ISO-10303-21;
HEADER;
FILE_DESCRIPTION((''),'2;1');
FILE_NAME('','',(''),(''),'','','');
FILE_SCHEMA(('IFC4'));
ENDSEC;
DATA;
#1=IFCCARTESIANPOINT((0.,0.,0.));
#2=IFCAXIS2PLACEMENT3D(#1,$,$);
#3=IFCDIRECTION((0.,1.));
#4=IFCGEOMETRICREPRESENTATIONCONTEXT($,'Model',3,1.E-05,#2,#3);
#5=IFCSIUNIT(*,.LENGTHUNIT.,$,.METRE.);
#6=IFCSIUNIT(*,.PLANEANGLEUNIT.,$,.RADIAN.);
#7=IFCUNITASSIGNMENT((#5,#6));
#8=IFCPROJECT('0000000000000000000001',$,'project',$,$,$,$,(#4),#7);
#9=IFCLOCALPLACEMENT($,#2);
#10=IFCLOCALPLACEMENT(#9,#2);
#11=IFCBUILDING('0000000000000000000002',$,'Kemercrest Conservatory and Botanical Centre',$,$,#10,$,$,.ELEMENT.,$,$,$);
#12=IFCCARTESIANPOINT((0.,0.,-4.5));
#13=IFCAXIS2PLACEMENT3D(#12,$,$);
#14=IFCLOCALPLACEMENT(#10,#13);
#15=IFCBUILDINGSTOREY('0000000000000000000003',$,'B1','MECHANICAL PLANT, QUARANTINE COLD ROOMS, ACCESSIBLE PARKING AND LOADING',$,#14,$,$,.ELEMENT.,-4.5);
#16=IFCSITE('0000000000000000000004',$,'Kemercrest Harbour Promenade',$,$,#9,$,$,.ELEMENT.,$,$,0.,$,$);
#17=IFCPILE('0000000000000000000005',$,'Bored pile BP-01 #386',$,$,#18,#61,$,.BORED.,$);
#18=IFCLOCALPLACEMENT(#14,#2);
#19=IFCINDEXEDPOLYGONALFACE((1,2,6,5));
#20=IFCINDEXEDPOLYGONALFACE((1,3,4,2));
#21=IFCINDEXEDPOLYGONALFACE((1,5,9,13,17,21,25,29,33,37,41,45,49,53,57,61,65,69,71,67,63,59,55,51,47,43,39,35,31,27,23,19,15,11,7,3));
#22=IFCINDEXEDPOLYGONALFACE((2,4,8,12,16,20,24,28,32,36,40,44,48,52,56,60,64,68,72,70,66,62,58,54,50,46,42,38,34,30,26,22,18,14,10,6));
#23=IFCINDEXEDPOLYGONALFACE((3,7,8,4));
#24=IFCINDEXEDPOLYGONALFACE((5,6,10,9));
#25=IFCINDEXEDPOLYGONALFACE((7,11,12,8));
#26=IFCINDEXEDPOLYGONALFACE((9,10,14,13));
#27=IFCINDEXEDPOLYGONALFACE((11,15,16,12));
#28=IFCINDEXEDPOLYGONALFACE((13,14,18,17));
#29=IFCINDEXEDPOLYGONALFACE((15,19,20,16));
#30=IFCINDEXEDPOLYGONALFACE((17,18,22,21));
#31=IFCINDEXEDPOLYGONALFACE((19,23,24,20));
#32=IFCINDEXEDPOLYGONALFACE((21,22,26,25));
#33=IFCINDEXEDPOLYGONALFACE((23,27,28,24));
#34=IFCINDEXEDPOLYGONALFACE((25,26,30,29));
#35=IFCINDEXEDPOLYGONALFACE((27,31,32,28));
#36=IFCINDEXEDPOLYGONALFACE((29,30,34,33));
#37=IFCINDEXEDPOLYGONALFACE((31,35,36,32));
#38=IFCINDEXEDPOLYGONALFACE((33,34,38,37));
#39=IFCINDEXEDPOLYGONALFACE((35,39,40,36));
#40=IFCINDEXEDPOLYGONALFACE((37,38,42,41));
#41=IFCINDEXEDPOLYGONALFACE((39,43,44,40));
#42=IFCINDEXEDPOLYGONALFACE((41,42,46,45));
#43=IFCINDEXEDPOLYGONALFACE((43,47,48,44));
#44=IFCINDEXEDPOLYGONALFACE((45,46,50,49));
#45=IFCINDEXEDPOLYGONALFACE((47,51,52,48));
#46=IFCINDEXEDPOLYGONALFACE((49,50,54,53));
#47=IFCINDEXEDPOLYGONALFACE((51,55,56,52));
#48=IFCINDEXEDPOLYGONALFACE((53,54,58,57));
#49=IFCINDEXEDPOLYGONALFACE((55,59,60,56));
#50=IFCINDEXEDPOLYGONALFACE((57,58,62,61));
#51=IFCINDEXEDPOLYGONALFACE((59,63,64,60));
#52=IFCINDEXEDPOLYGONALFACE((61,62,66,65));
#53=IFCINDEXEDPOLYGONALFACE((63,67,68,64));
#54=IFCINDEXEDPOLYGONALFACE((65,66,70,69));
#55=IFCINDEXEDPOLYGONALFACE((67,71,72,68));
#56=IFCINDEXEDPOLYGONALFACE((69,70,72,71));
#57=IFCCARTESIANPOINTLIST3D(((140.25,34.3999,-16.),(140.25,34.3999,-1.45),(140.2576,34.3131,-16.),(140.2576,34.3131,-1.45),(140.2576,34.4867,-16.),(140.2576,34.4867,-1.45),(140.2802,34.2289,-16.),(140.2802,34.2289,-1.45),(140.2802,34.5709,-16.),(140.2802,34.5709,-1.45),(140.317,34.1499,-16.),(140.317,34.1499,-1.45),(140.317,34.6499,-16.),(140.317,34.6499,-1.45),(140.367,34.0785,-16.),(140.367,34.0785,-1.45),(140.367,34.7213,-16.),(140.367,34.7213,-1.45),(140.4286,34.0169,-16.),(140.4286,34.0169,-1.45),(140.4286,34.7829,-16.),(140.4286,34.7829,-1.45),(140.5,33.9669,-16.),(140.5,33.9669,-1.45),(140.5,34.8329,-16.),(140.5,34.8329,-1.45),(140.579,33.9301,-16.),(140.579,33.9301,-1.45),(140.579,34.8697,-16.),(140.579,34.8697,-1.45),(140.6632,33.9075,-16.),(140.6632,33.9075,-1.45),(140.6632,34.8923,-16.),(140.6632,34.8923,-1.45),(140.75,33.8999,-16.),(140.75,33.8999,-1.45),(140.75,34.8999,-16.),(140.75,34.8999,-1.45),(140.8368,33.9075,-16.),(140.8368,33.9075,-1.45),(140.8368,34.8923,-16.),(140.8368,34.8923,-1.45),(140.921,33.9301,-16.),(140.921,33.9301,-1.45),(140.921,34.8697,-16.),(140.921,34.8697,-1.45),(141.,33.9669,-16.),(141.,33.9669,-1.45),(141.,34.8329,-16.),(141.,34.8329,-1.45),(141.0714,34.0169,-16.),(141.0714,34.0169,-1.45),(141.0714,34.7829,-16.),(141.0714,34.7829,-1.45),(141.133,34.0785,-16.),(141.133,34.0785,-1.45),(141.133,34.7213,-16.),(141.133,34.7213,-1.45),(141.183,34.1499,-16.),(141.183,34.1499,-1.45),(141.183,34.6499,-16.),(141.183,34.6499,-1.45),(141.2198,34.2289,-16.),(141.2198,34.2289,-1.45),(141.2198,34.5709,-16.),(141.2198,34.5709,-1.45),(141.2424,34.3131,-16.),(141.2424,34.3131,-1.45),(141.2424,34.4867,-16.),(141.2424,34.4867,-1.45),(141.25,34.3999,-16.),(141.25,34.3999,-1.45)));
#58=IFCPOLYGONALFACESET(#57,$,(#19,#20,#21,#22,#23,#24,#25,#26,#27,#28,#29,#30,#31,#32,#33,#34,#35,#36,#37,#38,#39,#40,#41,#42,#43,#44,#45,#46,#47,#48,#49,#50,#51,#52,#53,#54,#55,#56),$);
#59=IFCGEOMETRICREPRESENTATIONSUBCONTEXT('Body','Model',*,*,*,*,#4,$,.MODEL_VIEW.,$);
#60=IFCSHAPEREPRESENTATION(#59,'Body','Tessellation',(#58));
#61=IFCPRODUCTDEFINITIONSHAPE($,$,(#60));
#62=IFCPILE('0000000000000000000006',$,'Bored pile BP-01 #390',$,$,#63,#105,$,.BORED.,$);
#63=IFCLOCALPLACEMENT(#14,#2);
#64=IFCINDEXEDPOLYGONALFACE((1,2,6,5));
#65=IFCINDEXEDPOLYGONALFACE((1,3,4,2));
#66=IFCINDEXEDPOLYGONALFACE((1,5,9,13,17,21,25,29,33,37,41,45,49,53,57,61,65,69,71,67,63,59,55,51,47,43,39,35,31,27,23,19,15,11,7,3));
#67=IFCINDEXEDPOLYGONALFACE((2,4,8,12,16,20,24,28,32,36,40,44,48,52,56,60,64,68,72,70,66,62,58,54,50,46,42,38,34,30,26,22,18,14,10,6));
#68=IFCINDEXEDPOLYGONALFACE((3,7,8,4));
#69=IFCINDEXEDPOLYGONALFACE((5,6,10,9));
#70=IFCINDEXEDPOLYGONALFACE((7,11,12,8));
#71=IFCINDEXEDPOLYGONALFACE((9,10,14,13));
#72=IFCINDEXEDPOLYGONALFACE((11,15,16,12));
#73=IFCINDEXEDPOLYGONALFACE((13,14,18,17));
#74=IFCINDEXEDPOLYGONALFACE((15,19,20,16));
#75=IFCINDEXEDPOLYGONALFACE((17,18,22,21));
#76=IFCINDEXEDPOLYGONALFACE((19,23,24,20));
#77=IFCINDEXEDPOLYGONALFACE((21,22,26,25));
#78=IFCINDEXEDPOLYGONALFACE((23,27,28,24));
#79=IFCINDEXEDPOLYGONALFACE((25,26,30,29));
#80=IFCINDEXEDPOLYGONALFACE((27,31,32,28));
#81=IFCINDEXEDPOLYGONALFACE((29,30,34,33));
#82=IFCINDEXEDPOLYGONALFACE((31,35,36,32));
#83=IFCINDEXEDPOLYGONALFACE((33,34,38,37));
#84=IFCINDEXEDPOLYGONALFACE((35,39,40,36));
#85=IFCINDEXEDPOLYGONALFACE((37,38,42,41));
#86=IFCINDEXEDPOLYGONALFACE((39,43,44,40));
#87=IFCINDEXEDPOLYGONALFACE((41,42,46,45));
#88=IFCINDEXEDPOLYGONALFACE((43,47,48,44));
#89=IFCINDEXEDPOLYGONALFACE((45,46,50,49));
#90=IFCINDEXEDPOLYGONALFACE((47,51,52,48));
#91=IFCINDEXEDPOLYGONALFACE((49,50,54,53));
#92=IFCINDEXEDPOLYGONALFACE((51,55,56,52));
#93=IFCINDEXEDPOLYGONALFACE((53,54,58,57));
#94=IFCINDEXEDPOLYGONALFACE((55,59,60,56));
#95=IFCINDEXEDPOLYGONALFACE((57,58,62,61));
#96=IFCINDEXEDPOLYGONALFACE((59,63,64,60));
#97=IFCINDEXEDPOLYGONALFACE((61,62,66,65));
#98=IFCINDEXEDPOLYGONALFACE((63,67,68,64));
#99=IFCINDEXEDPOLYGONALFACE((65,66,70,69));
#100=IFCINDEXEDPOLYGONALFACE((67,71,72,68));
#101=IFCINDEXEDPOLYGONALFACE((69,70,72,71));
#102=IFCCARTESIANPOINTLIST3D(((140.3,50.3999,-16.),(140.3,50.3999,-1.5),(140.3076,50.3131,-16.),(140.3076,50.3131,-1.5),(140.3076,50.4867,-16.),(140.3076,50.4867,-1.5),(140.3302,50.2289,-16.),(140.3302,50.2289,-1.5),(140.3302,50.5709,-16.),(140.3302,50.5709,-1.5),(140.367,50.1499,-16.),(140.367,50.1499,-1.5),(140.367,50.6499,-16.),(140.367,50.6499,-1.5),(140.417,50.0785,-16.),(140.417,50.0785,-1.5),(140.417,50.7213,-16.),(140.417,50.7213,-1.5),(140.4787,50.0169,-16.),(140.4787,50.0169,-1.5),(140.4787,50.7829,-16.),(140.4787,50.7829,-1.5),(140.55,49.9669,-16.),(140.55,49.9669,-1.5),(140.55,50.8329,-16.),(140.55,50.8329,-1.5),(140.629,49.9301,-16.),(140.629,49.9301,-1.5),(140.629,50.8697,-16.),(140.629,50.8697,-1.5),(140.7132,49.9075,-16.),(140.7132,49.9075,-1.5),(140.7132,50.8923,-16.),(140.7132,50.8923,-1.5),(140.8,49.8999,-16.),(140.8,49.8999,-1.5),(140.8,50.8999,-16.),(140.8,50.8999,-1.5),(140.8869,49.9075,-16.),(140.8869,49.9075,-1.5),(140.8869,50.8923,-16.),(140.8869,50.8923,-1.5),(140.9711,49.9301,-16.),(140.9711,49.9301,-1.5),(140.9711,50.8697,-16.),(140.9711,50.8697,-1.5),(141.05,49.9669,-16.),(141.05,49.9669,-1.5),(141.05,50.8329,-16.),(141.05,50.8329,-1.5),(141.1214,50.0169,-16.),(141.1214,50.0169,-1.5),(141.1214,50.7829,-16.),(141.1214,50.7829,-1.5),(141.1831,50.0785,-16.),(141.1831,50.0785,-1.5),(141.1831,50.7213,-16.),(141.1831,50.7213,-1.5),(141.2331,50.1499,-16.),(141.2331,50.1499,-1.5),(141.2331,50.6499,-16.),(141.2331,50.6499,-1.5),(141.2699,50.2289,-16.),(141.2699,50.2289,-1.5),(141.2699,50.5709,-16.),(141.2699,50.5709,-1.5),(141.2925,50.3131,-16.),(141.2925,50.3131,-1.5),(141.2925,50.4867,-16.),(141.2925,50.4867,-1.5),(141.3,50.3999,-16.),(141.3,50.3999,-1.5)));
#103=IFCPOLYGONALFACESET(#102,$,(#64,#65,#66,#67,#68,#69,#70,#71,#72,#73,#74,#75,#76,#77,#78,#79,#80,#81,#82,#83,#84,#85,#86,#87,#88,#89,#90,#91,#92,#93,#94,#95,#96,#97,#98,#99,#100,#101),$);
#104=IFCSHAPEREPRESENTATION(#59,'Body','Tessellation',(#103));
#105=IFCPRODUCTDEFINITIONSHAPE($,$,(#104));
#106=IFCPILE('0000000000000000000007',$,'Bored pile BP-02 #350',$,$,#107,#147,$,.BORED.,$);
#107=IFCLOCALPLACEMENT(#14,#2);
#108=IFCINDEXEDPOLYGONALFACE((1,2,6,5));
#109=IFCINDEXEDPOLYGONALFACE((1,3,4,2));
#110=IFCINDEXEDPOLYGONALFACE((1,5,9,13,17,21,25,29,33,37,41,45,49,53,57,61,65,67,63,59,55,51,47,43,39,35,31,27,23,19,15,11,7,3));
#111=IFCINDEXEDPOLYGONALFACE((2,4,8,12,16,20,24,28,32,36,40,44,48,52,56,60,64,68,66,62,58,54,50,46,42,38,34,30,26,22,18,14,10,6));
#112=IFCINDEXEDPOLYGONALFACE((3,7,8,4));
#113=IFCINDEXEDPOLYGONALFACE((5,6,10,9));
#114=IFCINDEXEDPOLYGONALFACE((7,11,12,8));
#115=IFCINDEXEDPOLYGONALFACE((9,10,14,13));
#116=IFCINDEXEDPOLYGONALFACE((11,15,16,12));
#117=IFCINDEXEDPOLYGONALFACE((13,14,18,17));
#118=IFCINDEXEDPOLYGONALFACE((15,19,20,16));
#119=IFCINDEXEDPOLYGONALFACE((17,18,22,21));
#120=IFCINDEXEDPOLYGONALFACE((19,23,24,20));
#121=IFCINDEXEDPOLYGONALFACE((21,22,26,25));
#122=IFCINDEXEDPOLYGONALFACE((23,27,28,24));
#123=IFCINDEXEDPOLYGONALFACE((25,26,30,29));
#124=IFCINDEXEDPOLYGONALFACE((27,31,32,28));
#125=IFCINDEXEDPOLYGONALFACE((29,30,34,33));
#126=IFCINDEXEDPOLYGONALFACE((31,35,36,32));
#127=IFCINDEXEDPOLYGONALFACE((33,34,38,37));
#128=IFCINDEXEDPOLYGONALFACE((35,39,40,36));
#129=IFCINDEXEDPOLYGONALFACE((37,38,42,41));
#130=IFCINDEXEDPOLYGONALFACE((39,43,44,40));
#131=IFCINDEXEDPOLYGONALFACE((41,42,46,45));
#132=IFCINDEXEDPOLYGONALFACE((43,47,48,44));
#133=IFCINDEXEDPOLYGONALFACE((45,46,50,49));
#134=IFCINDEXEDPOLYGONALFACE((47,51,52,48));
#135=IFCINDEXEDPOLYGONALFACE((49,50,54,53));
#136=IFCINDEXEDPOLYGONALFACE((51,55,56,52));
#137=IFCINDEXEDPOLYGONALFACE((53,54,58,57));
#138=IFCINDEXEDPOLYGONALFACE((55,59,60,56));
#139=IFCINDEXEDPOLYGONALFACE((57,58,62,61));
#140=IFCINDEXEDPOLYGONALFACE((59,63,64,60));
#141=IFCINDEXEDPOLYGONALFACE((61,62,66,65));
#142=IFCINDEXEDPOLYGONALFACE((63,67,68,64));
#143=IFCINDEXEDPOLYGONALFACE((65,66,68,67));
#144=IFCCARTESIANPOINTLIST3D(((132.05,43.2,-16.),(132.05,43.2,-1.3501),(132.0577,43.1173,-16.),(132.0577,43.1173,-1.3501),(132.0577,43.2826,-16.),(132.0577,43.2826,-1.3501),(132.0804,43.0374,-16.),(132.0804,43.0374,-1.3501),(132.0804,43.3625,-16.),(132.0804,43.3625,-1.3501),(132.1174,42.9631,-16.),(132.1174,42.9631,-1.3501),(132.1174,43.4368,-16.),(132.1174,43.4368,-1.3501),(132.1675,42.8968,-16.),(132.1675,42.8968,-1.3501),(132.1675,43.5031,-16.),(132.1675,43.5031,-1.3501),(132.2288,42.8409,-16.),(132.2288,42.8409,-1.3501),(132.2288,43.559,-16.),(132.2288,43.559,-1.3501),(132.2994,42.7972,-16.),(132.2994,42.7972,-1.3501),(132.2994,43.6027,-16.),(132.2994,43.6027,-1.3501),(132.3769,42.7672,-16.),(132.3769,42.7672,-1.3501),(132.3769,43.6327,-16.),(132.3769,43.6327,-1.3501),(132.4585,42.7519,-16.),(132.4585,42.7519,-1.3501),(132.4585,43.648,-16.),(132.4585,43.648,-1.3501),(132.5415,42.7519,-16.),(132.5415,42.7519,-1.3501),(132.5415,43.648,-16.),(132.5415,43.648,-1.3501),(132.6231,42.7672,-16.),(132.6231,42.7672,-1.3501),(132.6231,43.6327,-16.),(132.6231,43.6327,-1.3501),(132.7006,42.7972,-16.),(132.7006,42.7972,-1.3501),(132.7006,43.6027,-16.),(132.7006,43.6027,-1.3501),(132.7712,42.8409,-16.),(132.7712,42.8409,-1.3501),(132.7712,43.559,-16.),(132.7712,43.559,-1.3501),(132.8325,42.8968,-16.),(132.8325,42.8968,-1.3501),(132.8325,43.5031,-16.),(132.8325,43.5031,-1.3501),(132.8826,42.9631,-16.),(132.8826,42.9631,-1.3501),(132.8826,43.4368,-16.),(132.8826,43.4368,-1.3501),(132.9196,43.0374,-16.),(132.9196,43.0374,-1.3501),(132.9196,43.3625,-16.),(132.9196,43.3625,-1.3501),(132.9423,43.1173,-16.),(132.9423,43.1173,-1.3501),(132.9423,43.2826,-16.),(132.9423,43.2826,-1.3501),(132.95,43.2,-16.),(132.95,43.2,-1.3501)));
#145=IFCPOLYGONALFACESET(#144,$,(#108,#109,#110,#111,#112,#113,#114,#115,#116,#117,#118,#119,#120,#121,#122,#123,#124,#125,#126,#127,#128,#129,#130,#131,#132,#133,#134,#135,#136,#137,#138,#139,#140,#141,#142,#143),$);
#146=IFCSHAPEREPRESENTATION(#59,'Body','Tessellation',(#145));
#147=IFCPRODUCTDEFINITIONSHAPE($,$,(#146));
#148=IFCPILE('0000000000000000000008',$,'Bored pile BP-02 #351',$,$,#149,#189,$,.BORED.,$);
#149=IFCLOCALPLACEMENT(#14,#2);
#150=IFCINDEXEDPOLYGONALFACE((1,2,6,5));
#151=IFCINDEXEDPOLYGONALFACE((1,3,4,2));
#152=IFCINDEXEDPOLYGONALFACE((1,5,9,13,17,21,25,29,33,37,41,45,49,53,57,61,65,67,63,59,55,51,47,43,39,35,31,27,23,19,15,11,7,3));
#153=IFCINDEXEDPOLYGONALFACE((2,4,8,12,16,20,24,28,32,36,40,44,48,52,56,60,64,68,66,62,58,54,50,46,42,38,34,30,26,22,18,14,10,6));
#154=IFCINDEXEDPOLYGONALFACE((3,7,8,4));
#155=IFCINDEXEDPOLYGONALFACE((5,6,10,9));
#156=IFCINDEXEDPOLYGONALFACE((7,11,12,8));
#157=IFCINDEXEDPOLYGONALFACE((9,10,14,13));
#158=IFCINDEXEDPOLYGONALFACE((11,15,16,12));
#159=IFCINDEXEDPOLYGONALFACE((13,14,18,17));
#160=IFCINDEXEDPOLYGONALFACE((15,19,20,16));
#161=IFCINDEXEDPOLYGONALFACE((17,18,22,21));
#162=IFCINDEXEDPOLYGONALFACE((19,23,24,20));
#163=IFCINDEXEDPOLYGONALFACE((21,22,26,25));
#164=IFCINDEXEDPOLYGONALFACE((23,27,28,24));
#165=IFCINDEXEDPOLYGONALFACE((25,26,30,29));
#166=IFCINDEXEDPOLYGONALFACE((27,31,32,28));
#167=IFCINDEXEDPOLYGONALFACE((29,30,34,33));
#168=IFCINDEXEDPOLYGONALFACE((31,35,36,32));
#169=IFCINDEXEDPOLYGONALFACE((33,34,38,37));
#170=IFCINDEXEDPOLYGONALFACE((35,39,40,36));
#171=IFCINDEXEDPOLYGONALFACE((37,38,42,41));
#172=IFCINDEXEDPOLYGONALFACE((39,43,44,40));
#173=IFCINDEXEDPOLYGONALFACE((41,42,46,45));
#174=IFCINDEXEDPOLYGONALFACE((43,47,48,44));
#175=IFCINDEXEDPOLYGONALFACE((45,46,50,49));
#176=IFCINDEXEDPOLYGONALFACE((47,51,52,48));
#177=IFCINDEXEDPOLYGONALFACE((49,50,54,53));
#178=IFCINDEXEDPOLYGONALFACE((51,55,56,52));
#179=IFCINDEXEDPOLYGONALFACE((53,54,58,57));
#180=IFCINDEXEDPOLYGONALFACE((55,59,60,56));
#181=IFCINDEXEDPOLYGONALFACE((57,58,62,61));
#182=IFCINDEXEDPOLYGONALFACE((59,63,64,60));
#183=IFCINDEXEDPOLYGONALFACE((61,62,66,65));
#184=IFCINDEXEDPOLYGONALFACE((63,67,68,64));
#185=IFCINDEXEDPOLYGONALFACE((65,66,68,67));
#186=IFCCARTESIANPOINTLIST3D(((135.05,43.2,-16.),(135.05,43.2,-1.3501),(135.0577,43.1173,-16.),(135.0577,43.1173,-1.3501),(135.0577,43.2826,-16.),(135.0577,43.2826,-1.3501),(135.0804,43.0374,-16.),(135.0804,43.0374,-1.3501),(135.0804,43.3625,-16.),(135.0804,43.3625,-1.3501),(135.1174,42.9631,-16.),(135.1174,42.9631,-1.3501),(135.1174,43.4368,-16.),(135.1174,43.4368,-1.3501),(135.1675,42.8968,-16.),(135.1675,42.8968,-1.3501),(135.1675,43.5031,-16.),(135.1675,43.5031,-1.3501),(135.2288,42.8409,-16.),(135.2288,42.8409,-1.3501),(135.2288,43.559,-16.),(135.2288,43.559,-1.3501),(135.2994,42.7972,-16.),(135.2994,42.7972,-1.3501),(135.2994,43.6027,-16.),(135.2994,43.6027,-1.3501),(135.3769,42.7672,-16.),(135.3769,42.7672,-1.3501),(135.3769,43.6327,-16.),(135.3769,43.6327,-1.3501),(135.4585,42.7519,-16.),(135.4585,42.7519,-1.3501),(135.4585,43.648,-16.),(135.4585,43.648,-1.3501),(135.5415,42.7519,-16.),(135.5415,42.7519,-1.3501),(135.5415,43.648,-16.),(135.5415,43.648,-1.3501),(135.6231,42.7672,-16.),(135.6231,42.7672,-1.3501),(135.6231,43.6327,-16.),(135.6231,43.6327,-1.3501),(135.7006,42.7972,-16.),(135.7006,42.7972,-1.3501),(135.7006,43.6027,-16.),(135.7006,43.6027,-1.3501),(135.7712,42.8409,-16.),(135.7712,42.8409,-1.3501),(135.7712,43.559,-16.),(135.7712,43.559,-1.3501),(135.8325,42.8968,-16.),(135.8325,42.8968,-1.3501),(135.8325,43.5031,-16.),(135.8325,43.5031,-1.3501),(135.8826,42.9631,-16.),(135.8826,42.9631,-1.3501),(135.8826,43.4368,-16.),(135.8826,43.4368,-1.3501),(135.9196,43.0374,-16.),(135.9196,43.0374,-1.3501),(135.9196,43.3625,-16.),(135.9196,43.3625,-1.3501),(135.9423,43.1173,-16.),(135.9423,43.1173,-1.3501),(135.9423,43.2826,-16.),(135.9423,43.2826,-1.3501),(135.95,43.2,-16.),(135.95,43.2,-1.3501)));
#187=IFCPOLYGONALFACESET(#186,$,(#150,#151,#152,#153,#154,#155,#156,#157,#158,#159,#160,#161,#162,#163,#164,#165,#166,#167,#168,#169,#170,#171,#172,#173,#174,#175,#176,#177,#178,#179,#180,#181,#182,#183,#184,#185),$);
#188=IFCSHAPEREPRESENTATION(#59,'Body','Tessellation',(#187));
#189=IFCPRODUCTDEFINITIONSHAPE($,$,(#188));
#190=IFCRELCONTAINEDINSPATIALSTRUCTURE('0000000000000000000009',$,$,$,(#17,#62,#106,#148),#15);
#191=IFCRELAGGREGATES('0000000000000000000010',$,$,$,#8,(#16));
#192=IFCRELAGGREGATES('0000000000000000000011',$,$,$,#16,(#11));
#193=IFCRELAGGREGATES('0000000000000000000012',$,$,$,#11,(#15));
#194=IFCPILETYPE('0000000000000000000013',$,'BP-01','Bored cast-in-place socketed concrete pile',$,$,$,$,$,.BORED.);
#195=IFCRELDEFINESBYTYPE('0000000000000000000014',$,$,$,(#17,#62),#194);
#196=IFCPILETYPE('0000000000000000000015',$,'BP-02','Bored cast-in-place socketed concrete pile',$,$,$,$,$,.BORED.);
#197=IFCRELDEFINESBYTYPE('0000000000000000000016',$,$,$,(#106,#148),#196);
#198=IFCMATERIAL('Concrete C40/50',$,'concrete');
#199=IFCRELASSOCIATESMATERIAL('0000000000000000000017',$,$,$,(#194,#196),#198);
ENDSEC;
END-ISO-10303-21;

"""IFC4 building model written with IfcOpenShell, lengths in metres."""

from ifc_helpers import new_model, si_unit, direction, frame, origin, origin_2d, place, context, subcontext, project, spatial, circle, extrude, material, material_profile, profile_set, type_object, element, save


model = new_model("IFC4")

# Units and contexts
model_context = context("Model", 3, precision=1e-05, world=origin(), true_north=direction((0.0, 1.0)))
body_context = subcontext(model_context, "Body", "Model", "MODEL_VIEW")
ifc_project = project(units=[si_unit("LENGTHUNIT", "METRE"), si_unit("PLANEANGLEUNIT", "RADIAN")], contexts=[model_context])

# Site, building, storey
site_placement = place(None, origin())
site = spatial("IfcSite", under=ifc_project, at=site_placement, Name="Kemercrest Harbour Promenade", CompositionType="ELEMENT", RefElevation=0.0)
building_placement = place(site_placement, origin())
building = spatial("IfcBuilding", under=site, at=building_placement, Name="Kemercrest Conservatory and Botanical Centre", CompositionType="ELEMENT")
storey_placement = place(building_placement, frame((0.0, 0.0, -4.5)))
storey = spatial("IfcBuildingStorey", under=building, at=storey_placement, Name="B1", Description="MECHANICAL PLANT, QUARANTINE COLD ROOMS, ACCESSIBLE PARKING AND LOADING", CompositionType="ELEMENT", Elevation=-4.5)

# Piles
ifc_material_1 = material(Name="Concrete C40/50", Category="concrete")
ifc_material_profile_1 = material_profile(ifc_material_1, circle(Radius=0.5, at=origin_2d()), Name="BORED PILE 1000")
ifc_profile_set_1 = profile_set([ifc_material_profile_1], Name="Concrete C40/50")
pile_type_1 = type_object("IfcPileType", Name="BP-01", Description="Bored cast-in-place socketed concrete pile", PredefinedType="BORED", material=ifc_profile_set_1)
for number, where, z_axis, x_axis, name in (
    (1, (140.75, 34.3999, -1.45), (0.0, 0.0, -1.0), (1.0, 0.0, 0.0), "Bored pile BP-01 #386"),
):
    element("IfcPile", number, at=place(storey_placement, frame(where, z_axis=z_axis, x_axis=x_axis)), inside=storey, type_object=pile_type_1, Name=name, PredefinedType="BORED", context=body_context, shape_type="SweptSolid", body=[
        extrude(circle(Radius=0.5, at=origin_2d()), origin(), (0.0, 0.0, 1.0), 14.55),
    ])
pile_placement = place(storey_placement, frame((140.8, 50.3999, -1.5), z_axis=(0.0, 0.0, -1.0), x_axis=(1.0, 0.0, 0.0)))
element("IfcPile", 2, at=pile_placement, inside=storey, type_object=pile_type_1, Name="Bored pile BP-01 #390", PredefinedType="BORED", context=body_context, shape_type="SweptSolid", body=[
    extrude(circle(Radius=0.5, at=origin_2d()), origin(), (0.0, 0.0, 1.0), 14.5),
])
ifc_material_profile_2 = material_profile(ifc_material_1, circle(Radius=0.45, at=origin_2d()), Name="BORED PILE 900")
ifc_profile_set_2 = profile_set([ifc_material_profile_2], Name="Concrete C40/50")
pile_type_2 = type_object("IfcPileType", Name="BP-02", Description="Bored cast-in-place socketed concrete pile", PredefinedType="BORED", material=ifc_profile_set_2)
for number, where, z_axis, x_axis, name in (
    (3, (132.5, 43.2, -1.3501), (0.0, 0.0, -1.0), (1.0, 0.0, 0.0), "Bored pile BP-02 #350"),
    (4, (135.5, 43.2, -1.3501), (0.0, 0.0, -1.0), (1.0, 0.0, 0.0), "Bored pile BP-02 #351"),
):
    element("IfcPile", number, at=place(storey_placement, frame(where, z_axis=z_axis, x_axis=x_axis)), inside=storey, type_object=pile_type_2, Name=name, PredefinedType="BORED", context=body_context, shape_type="SweptSolid", body=[
        extrude(circle(Radius=0.45, at=origin_2d()), origin(), (0.0, 0.0, 1.0), 14.6499),
    ])

save(model, "model.ifc")
